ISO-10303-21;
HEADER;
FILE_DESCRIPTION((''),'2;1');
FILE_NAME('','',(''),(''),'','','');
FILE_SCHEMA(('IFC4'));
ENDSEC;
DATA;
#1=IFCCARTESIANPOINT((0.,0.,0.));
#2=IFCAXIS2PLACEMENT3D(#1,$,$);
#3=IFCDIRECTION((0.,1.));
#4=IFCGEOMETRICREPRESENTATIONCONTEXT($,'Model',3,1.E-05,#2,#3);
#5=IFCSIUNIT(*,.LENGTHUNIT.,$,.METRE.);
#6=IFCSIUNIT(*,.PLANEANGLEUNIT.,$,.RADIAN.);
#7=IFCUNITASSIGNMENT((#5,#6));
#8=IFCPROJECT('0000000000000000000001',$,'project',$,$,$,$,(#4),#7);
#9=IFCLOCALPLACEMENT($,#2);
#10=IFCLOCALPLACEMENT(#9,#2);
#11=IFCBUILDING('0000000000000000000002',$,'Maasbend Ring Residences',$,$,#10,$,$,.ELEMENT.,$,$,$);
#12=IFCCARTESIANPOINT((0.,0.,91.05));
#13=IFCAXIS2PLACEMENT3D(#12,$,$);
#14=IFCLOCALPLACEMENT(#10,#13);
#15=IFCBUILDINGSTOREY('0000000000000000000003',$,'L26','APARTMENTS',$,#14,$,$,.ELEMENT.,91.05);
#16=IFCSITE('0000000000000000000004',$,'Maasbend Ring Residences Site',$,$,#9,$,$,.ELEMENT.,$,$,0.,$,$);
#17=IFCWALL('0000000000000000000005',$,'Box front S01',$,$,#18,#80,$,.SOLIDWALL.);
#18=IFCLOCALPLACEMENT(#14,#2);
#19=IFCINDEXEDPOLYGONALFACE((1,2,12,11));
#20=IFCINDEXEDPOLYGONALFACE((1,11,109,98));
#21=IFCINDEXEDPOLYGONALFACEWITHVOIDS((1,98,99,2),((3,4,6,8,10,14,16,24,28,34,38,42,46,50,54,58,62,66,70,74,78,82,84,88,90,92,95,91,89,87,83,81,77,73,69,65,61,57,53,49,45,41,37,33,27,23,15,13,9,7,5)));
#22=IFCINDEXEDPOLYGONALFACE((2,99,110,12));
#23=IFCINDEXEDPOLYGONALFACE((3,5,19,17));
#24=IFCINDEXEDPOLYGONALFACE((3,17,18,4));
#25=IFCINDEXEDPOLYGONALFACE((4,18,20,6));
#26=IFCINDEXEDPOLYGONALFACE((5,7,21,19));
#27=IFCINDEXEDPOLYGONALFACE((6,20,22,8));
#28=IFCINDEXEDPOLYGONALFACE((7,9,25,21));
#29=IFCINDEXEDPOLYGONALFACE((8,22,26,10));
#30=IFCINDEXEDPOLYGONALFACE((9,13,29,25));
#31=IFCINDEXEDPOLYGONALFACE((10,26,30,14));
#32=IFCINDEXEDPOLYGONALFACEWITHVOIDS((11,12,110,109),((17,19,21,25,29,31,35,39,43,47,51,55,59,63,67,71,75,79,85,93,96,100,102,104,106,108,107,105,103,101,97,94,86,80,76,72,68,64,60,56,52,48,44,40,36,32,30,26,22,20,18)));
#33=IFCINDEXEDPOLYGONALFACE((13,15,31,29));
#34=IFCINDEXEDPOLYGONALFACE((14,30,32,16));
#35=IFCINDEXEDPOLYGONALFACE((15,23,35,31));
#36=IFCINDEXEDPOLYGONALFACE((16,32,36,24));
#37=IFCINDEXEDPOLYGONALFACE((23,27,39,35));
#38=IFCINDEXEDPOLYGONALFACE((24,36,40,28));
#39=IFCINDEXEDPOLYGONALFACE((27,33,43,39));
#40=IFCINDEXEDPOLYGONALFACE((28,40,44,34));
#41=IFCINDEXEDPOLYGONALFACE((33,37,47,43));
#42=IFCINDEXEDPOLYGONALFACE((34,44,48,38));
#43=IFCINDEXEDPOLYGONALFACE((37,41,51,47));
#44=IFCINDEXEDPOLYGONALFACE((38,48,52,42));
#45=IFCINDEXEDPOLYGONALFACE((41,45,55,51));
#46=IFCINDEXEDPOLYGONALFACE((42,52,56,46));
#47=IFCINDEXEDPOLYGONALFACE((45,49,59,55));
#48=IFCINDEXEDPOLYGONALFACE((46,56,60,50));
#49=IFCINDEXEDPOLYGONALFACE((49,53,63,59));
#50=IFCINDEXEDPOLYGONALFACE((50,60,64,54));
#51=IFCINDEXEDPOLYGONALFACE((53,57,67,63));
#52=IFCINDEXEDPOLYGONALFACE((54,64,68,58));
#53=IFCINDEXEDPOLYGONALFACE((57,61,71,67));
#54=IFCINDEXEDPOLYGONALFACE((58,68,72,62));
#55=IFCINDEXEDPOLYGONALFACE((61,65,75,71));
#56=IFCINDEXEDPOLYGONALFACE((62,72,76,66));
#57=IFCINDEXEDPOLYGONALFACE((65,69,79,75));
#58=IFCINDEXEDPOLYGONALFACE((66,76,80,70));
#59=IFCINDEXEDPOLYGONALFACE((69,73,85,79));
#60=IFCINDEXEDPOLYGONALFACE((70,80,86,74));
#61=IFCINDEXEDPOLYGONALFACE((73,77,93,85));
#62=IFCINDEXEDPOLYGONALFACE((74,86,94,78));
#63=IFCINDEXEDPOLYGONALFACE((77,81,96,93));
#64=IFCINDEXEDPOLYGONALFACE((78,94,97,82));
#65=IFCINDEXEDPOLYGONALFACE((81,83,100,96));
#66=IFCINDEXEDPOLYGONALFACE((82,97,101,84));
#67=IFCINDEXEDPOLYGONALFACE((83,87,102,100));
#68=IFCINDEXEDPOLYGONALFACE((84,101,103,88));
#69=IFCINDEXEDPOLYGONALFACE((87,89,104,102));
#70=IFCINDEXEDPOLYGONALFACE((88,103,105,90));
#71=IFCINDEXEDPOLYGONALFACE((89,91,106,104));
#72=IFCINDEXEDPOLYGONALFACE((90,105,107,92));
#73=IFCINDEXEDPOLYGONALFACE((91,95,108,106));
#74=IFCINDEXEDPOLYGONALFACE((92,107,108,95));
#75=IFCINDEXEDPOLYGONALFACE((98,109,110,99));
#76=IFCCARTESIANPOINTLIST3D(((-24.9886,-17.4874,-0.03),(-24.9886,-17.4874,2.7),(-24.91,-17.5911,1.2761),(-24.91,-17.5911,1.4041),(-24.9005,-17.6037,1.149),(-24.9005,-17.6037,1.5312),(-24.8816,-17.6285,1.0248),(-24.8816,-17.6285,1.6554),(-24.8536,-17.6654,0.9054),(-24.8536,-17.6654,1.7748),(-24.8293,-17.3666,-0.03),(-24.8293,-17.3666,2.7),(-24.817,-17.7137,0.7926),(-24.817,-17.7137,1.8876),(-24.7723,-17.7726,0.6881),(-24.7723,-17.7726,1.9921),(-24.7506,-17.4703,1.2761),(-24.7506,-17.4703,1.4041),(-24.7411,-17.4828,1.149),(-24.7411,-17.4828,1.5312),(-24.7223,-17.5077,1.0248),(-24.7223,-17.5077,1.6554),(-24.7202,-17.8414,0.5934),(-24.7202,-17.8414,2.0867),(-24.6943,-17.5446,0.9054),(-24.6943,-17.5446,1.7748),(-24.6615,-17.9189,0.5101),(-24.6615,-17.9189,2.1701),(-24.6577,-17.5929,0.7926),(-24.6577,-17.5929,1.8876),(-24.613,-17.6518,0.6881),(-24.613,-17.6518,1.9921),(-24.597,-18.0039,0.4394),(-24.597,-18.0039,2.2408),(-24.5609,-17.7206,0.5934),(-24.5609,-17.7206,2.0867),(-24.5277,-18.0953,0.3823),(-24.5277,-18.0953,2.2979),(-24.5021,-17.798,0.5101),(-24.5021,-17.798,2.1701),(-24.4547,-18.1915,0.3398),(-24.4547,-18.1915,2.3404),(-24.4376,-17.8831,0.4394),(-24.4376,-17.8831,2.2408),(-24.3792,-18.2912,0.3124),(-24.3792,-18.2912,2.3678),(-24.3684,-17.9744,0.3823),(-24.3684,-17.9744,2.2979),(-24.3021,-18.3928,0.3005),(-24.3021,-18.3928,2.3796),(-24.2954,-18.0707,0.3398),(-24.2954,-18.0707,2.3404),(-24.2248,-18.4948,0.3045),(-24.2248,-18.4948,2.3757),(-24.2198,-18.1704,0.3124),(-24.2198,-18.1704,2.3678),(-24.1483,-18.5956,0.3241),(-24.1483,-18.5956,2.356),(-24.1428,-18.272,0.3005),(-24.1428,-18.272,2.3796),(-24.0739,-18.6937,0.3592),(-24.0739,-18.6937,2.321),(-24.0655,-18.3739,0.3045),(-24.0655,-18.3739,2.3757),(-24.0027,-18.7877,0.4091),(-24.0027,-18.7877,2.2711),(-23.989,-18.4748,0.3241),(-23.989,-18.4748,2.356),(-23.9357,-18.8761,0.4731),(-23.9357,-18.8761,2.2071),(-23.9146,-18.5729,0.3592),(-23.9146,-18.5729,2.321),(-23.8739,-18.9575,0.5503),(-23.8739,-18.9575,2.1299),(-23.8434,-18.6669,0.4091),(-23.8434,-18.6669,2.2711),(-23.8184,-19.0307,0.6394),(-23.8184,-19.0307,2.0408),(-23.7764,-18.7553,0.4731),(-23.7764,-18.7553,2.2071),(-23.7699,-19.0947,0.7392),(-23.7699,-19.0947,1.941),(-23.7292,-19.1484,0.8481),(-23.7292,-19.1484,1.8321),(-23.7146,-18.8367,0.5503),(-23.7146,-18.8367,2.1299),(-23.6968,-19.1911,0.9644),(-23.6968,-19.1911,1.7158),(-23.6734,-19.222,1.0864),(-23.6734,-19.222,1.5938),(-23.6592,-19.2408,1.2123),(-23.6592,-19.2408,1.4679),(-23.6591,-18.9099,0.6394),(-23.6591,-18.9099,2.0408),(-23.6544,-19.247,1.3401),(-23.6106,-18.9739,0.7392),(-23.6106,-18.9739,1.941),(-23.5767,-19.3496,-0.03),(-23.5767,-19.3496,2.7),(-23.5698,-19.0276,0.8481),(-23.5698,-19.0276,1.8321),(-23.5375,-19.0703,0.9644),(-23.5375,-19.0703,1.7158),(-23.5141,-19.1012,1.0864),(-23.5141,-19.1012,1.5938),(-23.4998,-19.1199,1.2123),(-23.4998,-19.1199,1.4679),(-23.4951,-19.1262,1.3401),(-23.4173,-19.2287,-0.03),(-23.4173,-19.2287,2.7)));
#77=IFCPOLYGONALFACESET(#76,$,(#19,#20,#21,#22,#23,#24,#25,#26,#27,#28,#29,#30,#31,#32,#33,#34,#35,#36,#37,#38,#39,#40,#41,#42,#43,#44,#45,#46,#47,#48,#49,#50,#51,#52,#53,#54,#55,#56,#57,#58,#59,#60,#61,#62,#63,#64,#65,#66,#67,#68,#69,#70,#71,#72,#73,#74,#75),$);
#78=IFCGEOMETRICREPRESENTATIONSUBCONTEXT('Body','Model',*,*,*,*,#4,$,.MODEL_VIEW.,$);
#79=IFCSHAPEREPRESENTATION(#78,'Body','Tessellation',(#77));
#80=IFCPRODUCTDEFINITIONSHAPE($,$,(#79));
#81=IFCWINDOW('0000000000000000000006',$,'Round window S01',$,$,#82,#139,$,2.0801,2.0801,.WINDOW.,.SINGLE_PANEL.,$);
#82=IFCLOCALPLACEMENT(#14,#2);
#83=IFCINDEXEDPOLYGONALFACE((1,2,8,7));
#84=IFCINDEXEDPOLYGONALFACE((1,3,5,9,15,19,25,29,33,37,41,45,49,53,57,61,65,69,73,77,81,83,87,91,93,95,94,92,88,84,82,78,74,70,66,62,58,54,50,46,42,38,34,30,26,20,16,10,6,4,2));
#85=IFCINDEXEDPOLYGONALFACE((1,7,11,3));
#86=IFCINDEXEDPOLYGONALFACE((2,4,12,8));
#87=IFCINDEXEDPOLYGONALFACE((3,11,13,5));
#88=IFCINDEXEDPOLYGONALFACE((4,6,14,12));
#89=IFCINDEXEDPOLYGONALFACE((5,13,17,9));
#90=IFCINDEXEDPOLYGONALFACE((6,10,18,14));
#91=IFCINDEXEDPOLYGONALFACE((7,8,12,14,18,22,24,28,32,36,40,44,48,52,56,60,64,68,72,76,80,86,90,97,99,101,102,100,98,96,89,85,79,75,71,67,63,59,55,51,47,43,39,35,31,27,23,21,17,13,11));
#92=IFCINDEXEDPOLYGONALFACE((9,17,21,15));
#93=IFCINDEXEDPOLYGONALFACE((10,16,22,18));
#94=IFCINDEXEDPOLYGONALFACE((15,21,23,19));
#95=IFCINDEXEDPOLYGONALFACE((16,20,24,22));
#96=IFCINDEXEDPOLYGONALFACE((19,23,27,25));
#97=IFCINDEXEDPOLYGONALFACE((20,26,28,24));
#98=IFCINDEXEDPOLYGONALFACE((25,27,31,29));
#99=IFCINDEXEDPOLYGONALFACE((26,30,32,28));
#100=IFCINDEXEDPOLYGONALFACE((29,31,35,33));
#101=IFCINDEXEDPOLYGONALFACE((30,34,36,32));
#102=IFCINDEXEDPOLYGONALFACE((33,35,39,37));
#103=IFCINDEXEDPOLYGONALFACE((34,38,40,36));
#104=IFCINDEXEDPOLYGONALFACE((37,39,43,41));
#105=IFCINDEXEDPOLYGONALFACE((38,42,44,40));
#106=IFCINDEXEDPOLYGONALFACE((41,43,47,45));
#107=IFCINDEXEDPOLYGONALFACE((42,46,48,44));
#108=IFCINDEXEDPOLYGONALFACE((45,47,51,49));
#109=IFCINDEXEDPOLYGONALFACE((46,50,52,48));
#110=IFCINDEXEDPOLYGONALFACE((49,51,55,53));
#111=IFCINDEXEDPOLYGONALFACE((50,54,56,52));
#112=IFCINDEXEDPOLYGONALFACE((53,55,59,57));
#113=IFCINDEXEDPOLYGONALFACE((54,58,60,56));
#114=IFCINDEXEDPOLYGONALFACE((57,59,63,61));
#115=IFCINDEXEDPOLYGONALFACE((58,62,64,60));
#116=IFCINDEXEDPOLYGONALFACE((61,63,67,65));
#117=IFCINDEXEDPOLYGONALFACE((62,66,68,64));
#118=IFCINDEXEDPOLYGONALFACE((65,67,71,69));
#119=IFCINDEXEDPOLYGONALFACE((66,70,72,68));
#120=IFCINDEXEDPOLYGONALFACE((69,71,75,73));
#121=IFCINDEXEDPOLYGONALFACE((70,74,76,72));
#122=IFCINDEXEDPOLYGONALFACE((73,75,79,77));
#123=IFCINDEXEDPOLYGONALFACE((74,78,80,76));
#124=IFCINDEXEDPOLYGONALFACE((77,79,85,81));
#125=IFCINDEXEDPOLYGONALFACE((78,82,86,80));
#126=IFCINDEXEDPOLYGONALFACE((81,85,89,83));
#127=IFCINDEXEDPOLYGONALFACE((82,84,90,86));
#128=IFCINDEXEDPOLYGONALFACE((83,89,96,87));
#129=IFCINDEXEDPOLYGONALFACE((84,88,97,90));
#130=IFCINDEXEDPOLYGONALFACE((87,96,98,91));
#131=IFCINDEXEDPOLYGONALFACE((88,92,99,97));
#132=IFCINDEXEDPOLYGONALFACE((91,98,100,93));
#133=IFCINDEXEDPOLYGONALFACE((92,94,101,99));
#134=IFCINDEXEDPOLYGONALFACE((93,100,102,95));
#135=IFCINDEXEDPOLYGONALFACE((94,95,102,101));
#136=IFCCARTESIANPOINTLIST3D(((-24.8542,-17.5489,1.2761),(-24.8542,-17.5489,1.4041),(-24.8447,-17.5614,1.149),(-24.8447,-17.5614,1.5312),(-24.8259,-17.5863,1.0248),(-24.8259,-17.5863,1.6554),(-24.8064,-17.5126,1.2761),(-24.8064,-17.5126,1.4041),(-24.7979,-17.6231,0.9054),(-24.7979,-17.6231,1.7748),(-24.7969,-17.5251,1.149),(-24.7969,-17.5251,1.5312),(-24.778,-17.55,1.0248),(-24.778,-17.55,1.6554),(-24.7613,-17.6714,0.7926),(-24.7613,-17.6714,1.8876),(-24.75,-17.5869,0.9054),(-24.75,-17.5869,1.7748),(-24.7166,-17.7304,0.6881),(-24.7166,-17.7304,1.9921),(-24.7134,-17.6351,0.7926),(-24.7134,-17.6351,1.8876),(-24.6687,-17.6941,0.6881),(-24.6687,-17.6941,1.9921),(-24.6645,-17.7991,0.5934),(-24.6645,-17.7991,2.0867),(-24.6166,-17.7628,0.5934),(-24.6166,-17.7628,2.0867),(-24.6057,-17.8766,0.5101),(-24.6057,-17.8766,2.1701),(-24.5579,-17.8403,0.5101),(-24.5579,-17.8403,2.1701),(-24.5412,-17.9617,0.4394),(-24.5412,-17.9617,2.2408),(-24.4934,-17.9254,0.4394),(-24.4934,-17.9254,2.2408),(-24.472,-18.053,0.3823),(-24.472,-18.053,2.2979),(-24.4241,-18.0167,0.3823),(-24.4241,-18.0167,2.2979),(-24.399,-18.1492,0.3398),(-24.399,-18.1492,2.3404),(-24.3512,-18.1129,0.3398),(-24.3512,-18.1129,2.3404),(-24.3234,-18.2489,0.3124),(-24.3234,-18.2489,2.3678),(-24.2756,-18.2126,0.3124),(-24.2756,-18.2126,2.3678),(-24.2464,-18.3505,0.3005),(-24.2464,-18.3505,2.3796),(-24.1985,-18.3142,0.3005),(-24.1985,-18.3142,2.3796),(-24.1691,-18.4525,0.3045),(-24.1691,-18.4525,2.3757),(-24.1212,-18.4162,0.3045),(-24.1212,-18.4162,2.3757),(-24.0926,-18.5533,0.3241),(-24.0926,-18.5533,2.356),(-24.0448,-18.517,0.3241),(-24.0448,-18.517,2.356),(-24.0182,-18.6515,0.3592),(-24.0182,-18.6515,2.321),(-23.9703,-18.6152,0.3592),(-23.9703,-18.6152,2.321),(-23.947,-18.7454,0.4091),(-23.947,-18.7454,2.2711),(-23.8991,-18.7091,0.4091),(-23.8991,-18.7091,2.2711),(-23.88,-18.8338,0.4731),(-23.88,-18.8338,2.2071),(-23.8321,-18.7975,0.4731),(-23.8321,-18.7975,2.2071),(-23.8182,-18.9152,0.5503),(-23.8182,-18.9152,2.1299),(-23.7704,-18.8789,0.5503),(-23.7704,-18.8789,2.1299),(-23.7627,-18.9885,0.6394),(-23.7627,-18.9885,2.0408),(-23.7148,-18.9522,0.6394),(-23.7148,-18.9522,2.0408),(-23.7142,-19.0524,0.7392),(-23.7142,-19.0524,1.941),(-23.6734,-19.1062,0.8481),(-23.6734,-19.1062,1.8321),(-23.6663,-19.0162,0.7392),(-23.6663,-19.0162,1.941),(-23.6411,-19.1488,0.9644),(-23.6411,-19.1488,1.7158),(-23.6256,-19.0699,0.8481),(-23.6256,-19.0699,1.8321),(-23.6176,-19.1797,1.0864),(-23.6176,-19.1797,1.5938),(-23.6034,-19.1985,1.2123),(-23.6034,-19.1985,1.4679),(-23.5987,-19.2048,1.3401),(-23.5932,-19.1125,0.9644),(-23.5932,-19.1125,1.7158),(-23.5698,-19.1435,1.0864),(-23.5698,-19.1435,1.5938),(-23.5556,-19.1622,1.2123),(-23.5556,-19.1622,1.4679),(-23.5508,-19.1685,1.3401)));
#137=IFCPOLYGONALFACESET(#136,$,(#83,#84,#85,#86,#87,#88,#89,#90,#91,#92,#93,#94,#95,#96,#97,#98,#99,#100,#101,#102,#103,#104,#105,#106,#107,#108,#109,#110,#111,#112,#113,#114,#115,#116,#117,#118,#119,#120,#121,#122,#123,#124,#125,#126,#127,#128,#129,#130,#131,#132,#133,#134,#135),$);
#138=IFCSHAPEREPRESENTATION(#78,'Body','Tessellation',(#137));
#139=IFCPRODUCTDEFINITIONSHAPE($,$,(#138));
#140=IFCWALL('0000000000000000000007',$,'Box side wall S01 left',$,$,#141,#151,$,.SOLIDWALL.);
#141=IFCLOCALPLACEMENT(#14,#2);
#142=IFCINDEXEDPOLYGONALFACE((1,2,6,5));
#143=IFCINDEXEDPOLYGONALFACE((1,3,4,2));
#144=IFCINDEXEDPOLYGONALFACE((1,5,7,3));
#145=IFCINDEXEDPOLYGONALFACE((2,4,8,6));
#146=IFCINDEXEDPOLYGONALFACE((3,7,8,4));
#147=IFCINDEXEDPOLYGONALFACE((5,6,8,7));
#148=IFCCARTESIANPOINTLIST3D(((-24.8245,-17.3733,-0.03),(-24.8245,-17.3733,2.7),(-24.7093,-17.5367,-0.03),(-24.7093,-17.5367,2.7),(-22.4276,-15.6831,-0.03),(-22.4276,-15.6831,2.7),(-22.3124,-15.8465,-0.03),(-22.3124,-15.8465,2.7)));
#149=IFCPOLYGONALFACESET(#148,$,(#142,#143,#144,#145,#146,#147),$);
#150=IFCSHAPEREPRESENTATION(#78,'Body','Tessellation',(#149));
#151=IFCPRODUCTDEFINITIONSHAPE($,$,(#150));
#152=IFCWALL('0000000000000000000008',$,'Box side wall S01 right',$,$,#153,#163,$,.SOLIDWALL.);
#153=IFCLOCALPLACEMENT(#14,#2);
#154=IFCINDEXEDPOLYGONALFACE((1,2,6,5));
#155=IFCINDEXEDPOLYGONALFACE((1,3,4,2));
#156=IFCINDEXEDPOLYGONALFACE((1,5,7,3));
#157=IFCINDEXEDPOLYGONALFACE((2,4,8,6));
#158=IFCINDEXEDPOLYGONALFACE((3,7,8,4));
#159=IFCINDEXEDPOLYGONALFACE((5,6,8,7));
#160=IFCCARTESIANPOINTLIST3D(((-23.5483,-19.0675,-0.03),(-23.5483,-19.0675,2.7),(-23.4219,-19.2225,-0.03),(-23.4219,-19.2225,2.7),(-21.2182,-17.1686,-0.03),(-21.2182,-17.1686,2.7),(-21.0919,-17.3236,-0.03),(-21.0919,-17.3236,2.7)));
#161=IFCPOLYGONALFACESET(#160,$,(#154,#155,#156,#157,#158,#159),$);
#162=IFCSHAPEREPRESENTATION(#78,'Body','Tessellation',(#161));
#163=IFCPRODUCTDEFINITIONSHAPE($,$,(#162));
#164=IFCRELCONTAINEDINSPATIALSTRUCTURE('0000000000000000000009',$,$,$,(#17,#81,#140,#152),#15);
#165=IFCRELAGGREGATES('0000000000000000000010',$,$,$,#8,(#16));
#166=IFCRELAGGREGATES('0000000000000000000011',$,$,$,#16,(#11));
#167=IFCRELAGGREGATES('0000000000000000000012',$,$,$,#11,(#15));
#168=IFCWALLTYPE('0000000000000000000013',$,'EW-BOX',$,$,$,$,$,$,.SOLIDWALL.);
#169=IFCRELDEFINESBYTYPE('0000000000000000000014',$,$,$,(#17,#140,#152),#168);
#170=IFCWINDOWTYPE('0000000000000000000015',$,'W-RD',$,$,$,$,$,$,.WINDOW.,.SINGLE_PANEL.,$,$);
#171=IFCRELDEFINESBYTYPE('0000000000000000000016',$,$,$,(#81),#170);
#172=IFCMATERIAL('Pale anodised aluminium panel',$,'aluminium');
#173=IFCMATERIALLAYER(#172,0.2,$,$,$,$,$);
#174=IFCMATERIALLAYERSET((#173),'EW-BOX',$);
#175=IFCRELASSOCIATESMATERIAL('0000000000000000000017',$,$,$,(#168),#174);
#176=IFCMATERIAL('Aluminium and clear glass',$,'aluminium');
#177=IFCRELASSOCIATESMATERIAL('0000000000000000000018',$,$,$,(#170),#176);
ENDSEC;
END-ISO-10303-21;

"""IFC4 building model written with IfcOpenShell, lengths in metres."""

from ifc_helpers import new_model, si_unit, direction, frame, frame_2d, origin, place, context, subcontext, project, spatial, rectangle, circle, extrude, material, layer, layer_set, type_object, element, fill, save


model = new_model("IFC4")

# Units and contexts
model_context = context("Model", 3, precision=1e-05, world=origin(), true_north=direction((0.0, 1.0)))
body_context = subcontext(model_context, "Body", "Model", "MODEL_VIEW")
ifc_project = project(units=[si_unit("LENGTHUNIT", "METRE"), si_unit("PLANEANGLEUNIT", "RADIAN")], contexts=[model_context])

# Site, building, storey
site_placement = place(None, origin())
site = spatial("IfcSite", under=ifc_project, at=site_placement, Name="Maasbend Ring Residences Site", CompositionType="ELEMENT", RefElevation=0.0)
building_placement = place(site_placement, origin())
building = spatial("IfcBuilding", under=site, at=building_placement, Name="Maasbend Ring Residences", CompositionType="ELEMENT")
storey_placement = place(building_placement, frame((0.0, 0.0, 91.05)))
storey = spatial("IfcBuildingStorey", under=building, at=storey_placement, Name="L26", Description="APARTMENTS", CompositionType="ELEMENT", Elevation=91.05)

# Wall, opening, window
ifc_material_1 = material(Name="Pale anodised aluminium panel", Category="aluminium")
ifc_layer_1 = layer(ifc_material_1, 0.2)
ifc_layer_set_1 = layer_set([ifc_layer_1], Name="EW-BOX")
wall_type_1 = type_object("IfcWallType", Name="EW-BOX", PredefinedType="SOLIDWALL", material=ifc_layer_set_1)
wall_1_placement = place(storey_placement, frame((-24.9089, -17.427, -0.03), z_axis=(0.0, 0.0, 1.0), x_axis=(0.604188, -0.796842, 0.0)))
wall_1 = element("IfcWall", 1, at=wall_1_placement, inside=storey, type_object=wall_type_1, Name="Box front S01", PredefinedType="SOLIDWALL", context=body_context, shape_type="SweptSolid", body=[
    extrude(rectangle(XDim=2.3369, YDim=0.2, at=frame_2d((1.1685, 0.0))), origin(), (0.0, 0.0, 1.0), 2.73),
])
opening_1_placement = place(wall_1_placement, frame((0.1282, 0.0, 0.3301)))
opening_1 = element("IfcOpeningElement", 2, at=opening_1_placement, cuts=wall_1, PredefinedType="OPENING", context=body_context, shape_type="SweptSolid", body=[
    extrude(circle(Radius=1.04, at=frame_2d((1.04, 1.04))), frame((0.0, 0.1099, 0.0), z_axis=(0.0, -1.0, 0.0), x_axis=(1.0, 0.0, 0.0)), (0.0, 0.0, 1.0), 0.22),
])
ifc_material_2 = material(Name="Aluminium and clear glass", Category="aluminium")
window_type_1 = type_object("IfcWindowType", Name="W-RD", PartitioningType="SINGLE_PANEL", PredefinedType="WINDOW", material=ifc_material_2)
window_1_placement = place(opening_1_placement, origin())
window_1 = element("IfcWindow", 3, at=window_1_placement, inside=storey, type_object=window_type_1, Name="Round window S01", OverallHeight=2.0801, OverallWidth=2.0801, PartitioningType="SINGLE_PANEL", PredefinedType="WINDOW", context=body_context, shape_type="SweptSolid", body=[
    extrude(circle(Radius=1.04, at=frame_2d((1.04, 1.04))), frame((0.0, 0.03, 0.0), z_axis=(0.0, -1.0, 0.0), x_axis=(1.0, 0.0, 0.0)), (0.0, 0.0, 1.0), 0.0601),
])
fill(opening_1, window_1)

# Walls
wall_2_placement = place(storey_placement, frame((-22.3701, -15.7649, -0.03), z_axis=(0.0, 0.0, 1.0), x_axis=(-0.817256, -0.576275, 0.0)))
element("IfcWall", 4, at=wall_2_placement, inside=storey, type_object=wall_type_1, Name="Box side wall S01 left", PredefinedType="SOLIDWALL", context=body_context, shape_type="SweptSolid", body=[
    extrude(rectangle(XDim=2.9329, YDim=0.2, at=frame_2d((1.4663, 0.0))), origin(), (0.0, 0.0, 1.0), 2.73),
])
wall_3_placement = place(storey_placement, frame((-21.155, -17.2461, -0.03), z_axis=(0.0, 0.0, 1.0), x_axis=(-0.775179, -0.631742, 0.0)))
element("IfcWall", 5, at=wall_3_placement, inside=storey, type_object=wall_type_1, Name="Box side wall S01 right", PredefinedType="SOLIDWALL", context=body_context, shape_type="SweptSolid", body=[
    extrude(rectangle(XDim=3.0059, YDim=0.2, at=frame_2d((1.5029, 0.0))), origin(), (0.0, 0.0, 1.0), 2.73),
])

save(model, "model.ifc")
